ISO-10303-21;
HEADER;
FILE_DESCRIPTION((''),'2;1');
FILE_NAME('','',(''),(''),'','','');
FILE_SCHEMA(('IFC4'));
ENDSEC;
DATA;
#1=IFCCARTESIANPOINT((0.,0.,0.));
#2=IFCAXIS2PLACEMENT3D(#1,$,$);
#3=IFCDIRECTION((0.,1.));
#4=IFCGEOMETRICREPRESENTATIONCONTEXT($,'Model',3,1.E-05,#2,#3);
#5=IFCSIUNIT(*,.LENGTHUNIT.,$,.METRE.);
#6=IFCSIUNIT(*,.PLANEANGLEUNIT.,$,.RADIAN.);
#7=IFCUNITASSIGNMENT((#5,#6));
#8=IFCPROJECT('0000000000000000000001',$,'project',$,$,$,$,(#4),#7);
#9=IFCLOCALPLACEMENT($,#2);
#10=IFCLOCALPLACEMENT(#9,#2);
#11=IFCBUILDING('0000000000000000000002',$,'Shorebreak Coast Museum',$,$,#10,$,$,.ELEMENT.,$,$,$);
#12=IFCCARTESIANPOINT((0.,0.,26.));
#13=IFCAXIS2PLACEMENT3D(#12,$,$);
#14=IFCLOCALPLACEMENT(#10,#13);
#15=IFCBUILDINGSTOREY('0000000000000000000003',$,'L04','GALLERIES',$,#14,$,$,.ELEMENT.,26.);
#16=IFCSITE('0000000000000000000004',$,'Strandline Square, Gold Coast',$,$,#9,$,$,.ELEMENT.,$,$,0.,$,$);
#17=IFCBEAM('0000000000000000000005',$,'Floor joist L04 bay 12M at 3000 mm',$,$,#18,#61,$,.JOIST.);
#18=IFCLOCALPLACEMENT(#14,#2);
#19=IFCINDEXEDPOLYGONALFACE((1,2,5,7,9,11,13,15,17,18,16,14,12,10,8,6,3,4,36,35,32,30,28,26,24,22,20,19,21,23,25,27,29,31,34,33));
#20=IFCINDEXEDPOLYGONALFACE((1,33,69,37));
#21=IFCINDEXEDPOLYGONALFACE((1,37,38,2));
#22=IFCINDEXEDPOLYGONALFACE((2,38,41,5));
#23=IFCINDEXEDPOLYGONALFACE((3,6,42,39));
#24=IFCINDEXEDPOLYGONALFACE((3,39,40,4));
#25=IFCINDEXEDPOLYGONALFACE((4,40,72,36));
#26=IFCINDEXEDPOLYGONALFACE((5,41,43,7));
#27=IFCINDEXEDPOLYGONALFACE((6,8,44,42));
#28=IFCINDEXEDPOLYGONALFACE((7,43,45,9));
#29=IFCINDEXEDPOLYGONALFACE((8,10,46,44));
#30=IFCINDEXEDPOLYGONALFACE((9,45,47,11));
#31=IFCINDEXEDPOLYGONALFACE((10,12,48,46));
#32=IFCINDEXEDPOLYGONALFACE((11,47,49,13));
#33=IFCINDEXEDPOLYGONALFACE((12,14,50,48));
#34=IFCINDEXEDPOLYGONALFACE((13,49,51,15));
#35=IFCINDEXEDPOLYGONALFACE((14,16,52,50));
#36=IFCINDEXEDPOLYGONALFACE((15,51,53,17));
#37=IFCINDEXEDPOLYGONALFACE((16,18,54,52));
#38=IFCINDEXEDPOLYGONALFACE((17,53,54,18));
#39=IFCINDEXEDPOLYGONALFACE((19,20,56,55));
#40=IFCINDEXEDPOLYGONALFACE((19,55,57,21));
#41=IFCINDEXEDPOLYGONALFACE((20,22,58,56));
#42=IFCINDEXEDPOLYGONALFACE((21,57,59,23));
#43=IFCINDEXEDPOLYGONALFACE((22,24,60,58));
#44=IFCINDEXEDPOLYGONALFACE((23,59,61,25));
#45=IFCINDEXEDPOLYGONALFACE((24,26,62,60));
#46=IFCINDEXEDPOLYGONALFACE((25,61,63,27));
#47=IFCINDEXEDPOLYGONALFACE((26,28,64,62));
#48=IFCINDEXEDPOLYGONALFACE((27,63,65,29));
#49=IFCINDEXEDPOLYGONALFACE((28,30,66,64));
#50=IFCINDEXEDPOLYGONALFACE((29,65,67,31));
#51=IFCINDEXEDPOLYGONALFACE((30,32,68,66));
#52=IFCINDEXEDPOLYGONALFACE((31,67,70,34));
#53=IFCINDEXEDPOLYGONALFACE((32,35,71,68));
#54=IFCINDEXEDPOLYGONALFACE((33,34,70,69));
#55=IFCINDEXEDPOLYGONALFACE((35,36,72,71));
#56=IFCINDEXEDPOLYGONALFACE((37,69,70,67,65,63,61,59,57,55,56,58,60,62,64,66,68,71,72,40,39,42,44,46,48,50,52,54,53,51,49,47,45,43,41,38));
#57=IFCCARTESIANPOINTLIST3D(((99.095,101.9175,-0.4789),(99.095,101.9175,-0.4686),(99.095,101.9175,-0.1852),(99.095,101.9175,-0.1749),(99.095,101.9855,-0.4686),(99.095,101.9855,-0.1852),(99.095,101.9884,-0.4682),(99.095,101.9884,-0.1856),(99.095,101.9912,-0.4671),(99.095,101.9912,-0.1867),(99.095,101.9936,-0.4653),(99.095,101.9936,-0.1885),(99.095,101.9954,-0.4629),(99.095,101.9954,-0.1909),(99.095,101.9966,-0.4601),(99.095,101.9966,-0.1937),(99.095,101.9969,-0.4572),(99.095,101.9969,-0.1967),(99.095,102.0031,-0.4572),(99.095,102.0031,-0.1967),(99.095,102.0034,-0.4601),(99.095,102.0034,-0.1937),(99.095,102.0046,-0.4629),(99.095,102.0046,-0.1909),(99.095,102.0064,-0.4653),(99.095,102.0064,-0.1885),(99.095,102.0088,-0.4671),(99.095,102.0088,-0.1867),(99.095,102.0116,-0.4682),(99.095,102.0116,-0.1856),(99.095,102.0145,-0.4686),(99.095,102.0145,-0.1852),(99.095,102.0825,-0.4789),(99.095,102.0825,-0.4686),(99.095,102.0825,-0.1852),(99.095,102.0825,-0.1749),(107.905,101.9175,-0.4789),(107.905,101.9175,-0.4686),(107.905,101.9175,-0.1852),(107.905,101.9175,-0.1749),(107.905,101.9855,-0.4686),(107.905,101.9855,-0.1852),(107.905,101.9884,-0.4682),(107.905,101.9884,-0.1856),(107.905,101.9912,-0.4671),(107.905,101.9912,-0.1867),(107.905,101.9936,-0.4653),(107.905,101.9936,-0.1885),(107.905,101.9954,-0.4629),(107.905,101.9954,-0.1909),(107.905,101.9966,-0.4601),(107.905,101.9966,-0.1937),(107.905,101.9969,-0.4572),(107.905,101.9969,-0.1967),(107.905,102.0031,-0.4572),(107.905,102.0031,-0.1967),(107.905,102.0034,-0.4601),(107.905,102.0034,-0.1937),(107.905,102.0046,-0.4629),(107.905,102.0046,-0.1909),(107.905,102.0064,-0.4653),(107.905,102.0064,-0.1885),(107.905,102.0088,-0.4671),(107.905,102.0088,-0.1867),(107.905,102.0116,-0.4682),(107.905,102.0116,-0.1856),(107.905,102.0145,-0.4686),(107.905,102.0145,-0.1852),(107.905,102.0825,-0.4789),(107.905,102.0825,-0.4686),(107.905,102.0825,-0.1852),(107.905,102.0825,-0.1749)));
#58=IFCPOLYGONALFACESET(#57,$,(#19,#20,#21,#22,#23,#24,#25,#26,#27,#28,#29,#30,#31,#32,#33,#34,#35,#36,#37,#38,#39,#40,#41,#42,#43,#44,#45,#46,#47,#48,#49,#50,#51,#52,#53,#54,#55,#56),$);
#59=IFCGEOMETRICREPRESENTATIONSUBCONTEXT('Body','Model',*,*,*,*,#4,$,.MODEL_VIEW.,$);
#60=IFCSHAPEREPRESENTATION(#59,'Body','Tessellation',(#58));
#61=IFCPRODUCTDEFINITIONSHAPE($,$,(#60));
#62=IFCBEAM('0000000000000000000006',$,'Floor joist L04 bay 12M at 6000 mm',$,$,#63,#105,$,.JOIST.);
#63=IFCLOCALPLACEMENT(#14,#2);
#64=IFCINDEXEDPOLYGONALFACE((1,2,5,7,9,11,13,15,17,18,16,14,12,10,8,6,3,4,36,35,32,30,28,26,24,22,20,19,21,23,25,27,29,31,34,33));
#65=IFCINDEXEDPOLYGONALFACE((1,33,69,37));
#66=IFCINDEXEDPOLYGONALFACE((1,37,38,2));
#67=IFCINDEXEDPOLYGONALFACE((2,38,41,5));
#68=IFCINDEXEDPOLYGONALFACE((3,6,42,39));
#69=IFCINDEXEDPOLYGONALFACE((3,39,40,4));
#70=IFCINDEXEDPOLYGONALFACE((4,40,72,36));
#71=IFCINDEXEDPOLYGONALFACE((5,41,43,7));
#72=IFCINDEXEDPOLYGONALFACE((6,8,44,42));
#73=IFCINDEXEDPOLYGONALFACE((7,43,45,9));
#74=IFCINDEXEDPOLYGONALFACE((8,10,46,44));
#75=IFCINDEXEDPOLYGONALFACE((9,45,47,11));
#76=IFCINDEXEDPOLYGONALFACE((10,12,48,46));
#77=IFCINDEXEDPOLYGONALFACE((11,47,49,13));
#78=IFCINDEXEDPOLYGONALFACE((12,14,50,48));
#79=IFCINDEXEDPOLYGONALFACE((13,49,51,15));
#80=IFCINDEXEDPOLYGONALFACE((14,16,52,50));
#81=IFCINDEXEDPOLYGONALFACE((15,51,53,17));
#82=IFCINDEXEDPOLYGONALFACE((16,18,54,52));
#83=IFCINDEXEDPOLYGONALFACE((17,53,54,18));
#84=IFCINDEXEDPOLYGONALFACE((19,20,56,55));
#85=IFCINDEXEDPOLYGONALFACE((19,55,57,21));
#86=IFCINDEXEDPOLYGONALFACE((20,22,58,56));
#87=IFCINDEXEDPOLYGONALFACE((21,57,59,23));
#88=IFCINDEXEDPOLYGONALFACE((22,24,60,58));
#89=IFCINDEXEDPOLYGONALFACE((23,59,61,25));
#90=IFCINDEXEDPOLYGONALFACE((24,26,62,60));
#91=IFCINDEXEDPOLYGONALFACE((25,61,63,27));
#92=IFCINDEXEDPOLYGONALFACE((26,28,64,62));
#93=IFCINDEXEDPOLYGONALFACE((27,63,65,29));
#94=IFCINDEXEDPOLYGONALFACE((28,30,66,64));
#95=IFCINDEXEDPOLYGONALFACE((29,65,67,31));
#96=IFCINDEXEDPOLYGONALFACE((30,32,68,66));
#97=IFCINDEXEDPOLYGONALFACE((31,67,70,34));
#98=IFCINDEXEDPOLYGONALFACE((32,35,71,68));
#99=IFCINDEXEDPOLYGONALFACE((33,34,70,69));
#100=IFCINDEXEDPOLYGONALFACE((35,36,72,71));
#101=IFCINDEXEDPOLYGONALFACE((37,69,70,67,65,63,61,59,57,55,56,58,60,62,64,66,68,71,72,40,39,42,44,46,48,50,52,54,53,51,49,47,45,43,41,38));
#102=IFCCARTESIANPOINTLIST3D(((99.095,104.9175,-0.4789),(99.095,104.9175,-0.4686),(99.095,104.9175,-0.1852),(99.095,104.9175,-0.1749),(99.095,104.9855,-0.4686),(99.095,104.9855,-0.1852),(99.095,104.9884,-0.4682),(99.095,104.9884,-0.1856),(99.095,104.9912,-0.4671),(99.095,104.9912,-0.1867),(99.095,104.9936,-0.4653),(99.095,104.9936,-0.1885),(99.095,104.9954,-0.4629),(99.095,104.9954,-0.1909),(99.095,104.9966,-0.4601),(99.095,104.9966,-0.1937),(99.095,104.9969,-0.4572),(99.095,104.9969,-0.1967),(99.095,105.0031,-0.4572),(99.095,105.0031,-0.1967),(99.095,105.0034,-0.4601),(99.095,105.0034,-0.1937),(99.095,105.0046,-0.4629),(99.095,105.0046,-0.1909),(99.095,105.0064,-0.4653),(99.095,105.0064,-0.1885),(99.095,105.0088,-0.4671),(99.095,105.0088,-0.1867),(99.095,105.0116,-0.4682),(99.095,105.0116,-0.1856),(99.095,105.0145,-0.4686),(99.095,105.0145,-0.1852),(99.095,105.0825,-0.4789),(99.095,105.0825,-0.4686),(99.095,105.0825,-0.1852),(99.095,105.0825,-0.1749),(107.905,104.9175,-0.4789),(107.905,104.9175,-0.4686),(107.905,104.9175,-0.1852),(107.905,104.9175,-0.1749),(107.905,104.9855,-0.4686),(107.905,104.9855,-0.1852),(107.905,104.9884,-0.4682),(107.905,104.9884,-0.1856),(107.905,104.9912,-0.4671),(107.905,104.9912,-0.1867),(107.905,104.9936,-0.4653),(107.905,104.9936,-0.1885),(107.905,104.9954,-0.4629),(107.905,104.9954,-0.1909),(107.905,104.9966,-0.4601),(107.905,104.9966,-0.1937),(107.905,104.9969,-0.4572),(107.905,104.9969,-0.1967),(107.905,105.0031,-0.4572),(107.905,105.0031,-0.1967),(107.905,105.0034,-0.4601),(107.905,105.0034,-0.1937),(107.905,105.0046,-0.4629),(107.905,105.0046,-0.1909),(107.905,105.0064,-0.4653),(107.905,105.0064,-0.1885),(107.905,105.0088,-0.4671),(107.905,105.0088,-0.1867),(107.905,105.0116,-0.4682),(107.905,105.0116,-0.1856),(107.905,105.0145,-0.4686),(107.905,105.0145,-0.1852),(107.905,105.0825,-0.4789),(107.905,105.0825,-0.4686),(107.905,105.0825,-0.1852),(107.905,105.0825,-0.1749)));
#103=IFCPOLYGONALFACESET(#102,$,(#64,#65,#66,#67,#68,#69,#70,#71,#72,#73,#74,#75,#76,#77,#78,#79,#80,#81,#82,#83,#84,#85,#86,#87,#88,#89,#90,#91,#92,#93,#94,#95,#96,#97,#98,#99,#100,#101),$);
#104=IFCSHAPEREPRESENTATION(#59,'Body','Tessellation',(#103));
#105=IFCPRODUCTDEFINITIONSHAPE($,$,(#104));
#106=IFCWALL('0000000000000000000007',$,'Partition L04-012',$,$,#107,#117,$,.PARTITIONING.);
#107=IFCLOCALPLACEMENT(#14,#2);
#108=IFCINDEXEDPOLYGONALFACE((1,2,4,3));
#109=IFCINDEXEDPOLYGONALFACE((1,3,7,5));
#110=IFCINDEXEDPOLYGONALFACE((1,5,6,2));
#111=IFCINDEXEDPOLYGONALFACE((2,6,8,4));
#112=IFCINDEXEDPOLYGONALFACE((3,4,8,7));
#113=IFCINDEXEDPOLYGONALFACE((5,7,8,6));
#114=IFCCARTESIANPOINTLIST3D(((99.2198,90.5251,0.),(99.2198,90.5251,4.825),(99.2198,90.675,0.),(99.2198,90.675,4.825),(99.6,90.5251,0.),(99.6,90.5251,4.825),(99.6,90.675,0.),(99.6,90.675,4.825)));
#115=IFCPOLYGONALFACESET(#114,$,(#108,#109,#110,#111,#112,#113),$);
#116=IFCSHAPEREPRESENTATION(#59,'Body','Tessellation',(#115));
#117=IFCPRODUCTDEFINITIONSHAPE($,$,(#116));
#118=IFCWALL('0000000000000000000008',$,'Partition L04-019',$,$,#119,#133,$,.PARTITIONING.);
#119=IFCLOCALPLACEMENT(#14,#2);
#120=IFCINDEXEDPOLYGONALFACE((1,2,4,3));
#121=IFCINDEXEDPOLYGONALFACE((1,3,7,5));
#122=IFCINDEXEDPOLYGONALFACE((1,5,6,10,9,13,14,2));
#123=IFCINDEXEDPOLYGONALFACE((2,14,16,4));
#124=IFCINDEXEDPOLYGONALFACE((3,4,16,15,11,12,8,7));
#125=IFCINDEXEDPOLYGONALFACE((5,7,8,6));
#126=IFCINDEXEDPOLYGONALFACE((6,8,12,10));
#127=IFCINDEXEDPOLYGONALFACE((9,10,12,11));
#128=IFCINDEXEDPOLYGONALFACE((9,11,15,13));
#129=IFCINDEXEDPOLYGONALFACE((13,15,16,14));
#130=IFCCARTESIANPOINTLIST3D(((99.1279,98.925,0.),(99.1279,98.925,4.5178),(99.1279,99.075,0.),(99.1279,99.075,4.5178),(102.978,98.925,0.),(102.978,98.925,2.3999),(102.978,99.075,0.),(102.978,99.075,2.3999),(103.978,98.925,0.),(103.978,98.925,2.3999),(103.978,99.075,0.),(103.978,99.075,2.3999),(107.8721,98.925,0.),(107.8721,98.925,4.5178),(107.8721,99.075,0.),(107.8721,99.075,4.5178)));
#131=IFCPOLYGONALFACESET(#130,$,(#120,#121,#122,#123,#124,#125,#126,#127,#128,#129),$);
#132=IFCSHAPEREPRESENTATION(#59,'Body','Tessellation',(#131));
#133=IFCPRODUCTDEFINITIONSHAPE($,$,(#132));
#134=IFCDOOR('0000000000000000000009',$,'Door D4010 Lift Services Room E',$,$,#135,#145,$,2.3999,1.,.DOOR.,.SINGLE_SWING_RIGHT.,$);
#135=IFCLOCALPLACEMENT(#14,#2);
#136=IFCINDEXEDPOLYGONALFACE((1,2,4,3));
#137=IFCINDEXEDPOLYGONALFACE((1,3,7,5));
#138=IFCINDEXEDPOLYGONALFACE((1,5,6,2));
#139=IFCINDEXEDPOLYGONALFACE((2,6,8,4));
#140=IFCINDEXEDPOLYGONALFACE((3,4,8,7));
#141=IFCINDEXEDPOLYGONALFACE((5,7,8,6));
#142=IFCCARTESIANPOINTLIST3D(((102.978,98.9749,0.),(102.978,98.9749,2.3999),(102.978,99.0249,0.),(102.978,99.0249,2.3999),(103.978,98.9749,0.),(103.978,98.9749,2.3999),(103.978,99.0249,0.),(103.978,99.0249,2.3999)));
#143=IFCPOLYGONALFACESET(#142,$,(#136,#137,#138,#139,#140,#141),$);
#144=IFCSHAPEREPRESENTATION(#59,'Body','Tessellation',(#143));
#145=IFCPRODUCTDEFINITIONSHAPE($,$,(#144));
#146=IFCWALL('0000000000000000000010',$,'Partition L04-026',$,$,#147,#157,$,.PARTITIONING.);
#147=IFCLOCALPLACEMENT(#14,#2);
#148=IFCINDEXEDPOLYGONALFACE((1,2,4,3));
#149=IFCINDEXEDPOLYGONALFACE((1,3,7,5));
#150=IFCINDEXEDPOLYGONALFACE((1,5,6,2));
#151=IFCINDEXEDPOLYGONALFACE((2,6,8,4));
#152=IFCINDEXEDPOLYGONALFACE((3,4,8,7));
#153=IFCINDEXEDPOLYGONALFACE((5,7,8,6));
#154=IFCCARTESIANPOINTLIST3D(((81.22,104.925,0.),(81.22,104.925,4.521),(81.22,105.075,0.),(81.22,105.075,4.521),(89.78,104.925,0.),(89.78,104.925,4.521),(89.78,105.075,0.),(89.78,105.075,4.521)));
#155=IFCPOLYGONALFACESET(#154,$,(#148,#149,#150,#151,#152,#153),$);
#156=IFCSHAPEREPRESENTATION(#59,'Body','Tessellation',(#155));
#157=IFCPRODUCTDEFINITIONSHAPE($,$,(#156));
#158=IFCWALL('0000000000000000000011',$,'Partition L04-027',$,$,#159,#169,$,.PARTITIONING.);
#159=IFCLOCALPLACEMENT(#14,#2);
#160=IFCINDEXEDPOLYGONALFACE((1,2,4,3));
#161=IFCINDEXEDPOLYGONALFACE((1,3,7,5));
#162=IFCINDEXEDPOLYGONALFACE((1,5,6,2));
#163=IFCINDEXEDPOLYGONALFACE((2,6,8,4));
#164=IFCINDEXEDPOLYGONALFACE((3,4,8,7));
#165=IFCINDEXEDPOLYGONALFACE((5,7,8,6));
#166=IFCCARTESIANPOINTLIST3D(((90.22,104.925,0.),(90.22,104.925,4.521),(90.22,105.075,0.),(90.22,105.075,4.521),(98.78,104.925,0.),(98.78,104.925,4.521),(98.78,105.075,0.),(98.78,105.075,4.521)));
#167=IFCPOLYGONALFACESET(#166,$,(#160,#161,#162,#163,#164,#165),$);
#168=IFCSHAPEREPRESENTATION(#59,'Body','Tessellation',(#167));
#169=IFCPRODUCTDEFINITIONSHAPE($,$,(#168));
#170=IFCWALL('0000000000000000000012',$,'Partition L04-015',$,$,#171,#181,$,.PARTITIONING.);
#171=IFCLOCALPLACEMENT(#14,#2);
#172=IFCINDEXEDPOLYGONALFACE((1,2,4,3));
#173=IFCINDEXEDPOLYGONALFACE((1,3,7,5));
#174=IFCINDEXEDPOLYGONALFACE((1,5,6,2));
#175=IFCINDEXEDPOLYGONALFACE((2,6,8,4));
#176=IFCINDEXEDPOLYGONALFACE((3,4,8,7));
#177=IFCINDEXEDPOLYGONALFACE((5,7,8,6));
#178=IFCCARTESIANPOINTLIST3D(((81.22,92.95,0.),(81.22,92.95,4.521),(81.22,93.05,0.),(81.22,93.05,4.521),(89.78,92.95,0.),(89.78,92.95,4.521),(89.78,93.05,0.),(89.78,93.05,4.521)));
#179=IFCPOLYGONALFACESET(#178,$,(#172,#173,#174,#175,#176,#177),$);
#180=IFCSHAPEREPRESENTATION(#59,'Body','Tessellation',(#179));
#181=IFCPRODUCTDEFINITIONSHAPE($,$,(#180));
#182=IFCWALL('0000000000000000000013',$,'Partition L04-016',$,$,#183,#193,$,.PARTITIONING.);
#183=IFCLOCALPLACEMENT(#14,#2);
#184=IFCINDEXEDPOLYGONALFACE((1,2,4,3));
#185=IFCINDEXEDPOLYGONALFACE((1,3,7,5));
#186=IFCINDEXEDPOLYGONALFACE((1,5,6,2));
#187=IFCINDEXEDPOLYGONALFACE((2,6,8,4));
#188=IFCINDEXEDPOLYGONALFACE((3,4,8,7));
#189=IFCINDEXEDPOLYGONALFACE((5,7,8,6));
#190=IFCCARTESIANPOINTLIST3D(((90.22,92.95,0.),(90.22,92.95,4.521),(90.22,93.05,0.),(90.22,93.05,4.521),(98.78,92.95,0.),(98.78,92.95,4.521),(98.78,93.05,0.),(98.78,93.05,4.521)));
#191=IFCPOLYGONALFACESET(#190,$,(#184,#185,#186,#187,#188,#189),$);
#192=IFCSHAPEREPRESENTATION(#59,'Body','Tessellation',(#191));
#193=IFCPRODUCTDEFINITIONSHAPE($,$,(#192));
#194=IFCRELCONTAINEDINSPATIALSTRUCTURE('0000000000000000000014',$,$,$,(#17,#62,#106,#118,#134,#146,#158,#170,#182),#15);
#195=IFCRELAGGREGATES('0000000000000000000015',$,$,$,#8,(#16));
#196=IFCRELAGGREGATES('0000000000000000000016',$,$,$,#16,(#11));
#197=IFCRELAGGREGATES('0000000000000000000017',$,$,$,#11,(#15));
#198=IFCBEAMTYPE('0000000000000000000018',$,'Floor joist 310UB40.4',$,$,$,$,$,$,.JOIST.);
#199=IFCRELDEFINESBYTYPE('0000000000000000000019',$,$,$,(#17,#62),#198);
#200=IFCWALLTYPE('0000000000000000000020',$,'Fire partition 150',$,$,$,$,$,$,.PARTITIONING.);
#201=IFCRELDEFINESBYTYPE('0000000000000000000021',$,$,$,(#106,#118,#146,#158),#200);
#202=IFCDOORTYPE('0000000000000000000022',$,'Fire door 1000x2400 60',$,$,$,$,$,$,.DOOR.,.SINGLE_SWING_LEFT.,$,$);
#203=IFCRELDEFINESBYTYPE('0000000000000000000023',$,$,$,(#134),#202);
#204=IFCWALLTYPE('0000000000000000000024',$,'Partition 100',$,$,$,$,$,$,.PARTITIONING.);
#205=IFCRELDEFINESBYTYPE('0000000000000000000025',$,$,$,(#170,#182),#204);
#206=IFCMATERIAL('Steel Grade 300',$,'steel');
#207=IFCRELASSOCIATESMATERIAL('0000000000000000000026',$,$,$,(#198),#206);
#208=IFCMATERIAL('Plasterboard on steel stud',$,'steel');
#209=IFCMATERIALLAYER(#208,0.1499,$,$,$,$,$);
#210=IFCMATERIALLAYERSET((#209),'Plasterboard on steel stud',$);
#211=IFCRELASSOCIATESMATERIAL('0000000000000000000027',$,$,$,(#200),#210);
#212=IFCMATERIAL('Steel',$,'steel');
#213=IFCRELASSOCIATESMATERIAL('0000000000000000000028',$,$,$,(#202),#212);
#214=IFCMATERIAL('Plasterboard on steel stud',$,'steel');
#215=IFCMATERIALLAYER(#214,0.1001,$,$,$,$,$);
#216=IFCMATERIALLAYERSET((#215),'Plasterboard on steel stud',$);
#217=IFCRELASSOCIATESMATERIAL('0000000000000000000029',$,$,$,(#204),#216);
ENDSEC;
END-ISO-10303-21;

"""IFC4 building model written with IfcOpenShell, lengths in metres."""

from ifc_helpers import new_model, si_unit, direction, frame, frame_2d, origin, origin_2d, place, context, subcontext, project, spatial, rectangle, i_section, extrude, material, layer, layer_set, material_profile, profile_set, type_object, element, fill, save


model = new_model("IFC4")

# Units and contexts
model_context = context("Model", 3, precision=1e-05, world=origin(), true_north=direction((0.0, 1.0)))
body_context = subcontext(model_context, "Body", "Model", "MODEL_VIEW")
ifc_project = project(units=[si_unit("LENGTHUNIT", "METRE"), si_unit("PLANEANGLEUNIT", "RADIAN")], contexts=[model_context])

# Site, building, storey
site_placement = place(None, origin())
site = spatial("IfcSite", under=ifc_project, at=site_placement, Name="Strandline Square, Gold Coast", CompositionType="ELEMENT", RefElevation=0.0)
building_placement = place(site_placement, origin())
building = spatial("IfcBuilding", under=site, at=building_placement, Name="Shorebreak Coast Museum", CompositionType="ELEMENT")
storey_placement = place(building_placement, frame((0.0, 0.0, 26.0)))
storey = spatial("IfcBuildingStorey", under=building, at=storey_placement, Name="L04", Description="GALLERIES", CompositionType="ELEMENT", Elevation=26.0)

# Beams
ifc_material_1 = material(Name="Steel Grade 300", Category="steel")
ifc_material_profile_1 = material_profile(ifc_material_1, i_section(OverallWidth=0.165, OverallDepth=0.304, WebThickness=0.0061, FlangeThickness=0.0103, FilletRadius=0.0115, at=origin_2d()), Name="310UB40.4")
ifc_profile_set_1 = profile_set([ifc_material_profile_1], Name="Steel Grade 300")
beam_type_1 = type_object("IfcBeamType", Name="Floor joist 310UB40.4", PredefinedType="JOIST", material=ifc_profile_set_1)
for number, where, z_axis, x_axis, name in (
    (1, (99.095, 102.0, -0.3269), (1.0, 0.0, 0.0), (0.0, 1.0, 0.0), "Floor joist L04 bay 12M at 3000 mm"),
    (2, (99.095, 105.0, -0.3269), (1.0, 0.0, 0.0), (0.0, 1.0, 0.0), "Floor joist L04 bay 12M at 6000 mm"),
):
    element("IfcBeam", number, at=place(storey_placement, frame(where, z_axis=z_axis, x_axis=x_axis)), inside=storey, type_object=beam_type_1, Name=name, PredefinedType="JOIST", context=body_context, shape_type="SweptSolid", body=[
        extrude(i_section(OverallWidth=0.165, OverallDepth=0.304, WebThickness=0.0061, FlangeThickness=0.0103, FilletRadius=0.0115, at=origin_2d()), origin(), (0.0, 0.0, 1.0), 8.8101),
    ])

# Wall
ifc_material_2 = material(Name="Plasterboard on steel stud", Category="steel")
ifc_layer_1 = layer(ifc_material_2, 0.1499)
ifc_layer_set_1 = layer_set([ifc_layer_1], Name="Plasterboard on steel stud")
wall_type_1 = type_object("IfcWallType", Name="Fire partition 150", PredefinedType="PARTITIONING", material=ifc_layer_set_1)
wall_1_placement = place(storey_placement, frame((99.22, 90.6001, 0.0), z_axis=(0.0, 0.0, 1.0), x_axis=(1.0, 0.0, 0.0)))
element("IfcWall", 3, at=wall_1_placement, inside=storey, type_object=wall_type_1, Name="Partition L04-012", PredefinedType="PARTITIONING", context=body_context, shape_type="SweptSolid", body=[
    extrude(rectangle(XDim=0.3801, YDim=0.1499, at=frame_2d((0.1899, 0.0))), origin(), (0.0, 0.0, 1.0), 4.825),
])

# Wall, opening, door
wall_2_placement = place(storey_placement, frame((99.1279, 99.0, 0.0), z_axis=(0.0, 0.0, 1.0), x_axis=(1.0, 0.0, 0.0)))
wall_2 = element("IfcWall", 4, at=wall_2_placement, inside=storey, type_object=wall_type_1, Name="Partition L04-019", PredefinedType="PARTITIONING", context=body_context, shape_type="SweptSolid", body=[
    extrude(rectangle(XDim=8.7441, YDim=0.1499, at=frame_2d((4.3721, 0.0))), origin(), (0.0, 0.0, 1.0), 4.5178),
])
opening_1_placement = place(wall_2_placement, frame((3.8501, 0.0, 0.0)))
opening_1 = element("IfcOpeningElement", 5, at=opening_1_placement, cuts=wall_2, PredefinedType="OPENING", context=body_context, shape_type="SweptSolid", body=[
    extrude(rectangle(XDim=1.0, YDim=2.3999, at=frame_2d((0.5, 1.2))), frame((0.0, 0.085, 0.0), z_axis=(0.0, -1.0, 0.0), x_axis=(1.0, 0.0, 0.0)), (0.0, 0.0, 1.0), 0.1699),
])
ifc_material_3 = material(Name="Steel", Category="steel")
door_type_1 = type_object("IfcDoorType", Name="Fire door 1000x2400 60", OperationType="SINGLE_SWING_LEFT", PredefinedType="DOOR", material=ifc_material_3)
door_1_placement = place(opening_1_placement, origin())
door_1 = element("IfcDoor", 6, at=door_1_placement, inside=storey, type_object=door_type_1, Name="Door D4010 Lift Services Room E", OperationType="SINGLE_SWING_RIGHT", OverallHeight=2.3999, OverallWidth=1.0, PredefinedType="DOOR", context=body_context, shape_type="SweptSolid", body=[
    extrude(rectangle(XDim=1.0, YDim=2.3999, at=frame_2d((0.5, 1.2))), frame((0.0, 0.0249, 0.0), z_axis=(0.0, -1.0, 0.0), x_axis=(1.0, 0.0, 0.0)), (0.0, 0.0, 1.0), 0.05),
])
fill(opening_1, door_1)

# Walls
for number, where, z_axis, x_axis, name in (
    (7, (81.22, 105.0, 0.0), (0.0, 0.0, 1.0), (1.0, 0.0, 0.0), "Partition L04-026"),
    (8, (90.22, 105.0, 0.0), (0.0, 0.0, 1.0), (1.0, 0.0, 0.0), "Partition L04-027"),
):
    element("IfcWall", number, at=place(storey_placement, frame(where, z_axis=z_axis, x_axis=x_axis)), inside=storey, type_object=wall_type_1, Name=name, PredefinedType="PARTITIONING", context=body_context, shape_type="SweptSolid", body=[
        extrude(rectangle(XDim=8.5601, YDim=0.1499, at=frame_2d((4.28, 0.0))), origin(), (0.0, 0.0, 1.0), 4.521),
    ])
ifc_material_4 = material(Name="Plasterboard on steel stud", Category="steel")
ifc_layer_2 = layer(ifc_material_4, 0.1001)
ifc_layer_set_2 = layer_set([ifc_layer_2], Name="Plasterboard on steel stud")
wall_type_2 = type_object("IfcWallType", Name="Partition 100", PredefinedType="PARTITIONING", material=ifc_layer_set_2)
for number, where, z_axis, x_axis, name in (
    (9, (81.22, 93.0, 0.0), (0.0, 0.0, 1.0), (1.0, 0.0, 0.0), "Partition L04-015"),
    (10, (90.22, 93.0, 0.0), (0.0, 0.0, 1.0), (1.0, 0.0, 0.0), "Partition L04-016"),
):
    element("IfcWall", number, at=place(storey_placement, frame(where, z_axis=z_axis, x_axis=x_axis)), inside=storey, type_object=wall_type_2, Name=name, PredefinedType="PARTITIONING", context=body_context, shape_type="SweptSolid", body=[
        extrude(rectangle(XDim=8.5601, YDim=0.1001, at=frame_2d((4.28, 0.0))), origin(), (0.0, 0.0, 1.0), 4.521),
    ])

save(model, "model.ifc")
